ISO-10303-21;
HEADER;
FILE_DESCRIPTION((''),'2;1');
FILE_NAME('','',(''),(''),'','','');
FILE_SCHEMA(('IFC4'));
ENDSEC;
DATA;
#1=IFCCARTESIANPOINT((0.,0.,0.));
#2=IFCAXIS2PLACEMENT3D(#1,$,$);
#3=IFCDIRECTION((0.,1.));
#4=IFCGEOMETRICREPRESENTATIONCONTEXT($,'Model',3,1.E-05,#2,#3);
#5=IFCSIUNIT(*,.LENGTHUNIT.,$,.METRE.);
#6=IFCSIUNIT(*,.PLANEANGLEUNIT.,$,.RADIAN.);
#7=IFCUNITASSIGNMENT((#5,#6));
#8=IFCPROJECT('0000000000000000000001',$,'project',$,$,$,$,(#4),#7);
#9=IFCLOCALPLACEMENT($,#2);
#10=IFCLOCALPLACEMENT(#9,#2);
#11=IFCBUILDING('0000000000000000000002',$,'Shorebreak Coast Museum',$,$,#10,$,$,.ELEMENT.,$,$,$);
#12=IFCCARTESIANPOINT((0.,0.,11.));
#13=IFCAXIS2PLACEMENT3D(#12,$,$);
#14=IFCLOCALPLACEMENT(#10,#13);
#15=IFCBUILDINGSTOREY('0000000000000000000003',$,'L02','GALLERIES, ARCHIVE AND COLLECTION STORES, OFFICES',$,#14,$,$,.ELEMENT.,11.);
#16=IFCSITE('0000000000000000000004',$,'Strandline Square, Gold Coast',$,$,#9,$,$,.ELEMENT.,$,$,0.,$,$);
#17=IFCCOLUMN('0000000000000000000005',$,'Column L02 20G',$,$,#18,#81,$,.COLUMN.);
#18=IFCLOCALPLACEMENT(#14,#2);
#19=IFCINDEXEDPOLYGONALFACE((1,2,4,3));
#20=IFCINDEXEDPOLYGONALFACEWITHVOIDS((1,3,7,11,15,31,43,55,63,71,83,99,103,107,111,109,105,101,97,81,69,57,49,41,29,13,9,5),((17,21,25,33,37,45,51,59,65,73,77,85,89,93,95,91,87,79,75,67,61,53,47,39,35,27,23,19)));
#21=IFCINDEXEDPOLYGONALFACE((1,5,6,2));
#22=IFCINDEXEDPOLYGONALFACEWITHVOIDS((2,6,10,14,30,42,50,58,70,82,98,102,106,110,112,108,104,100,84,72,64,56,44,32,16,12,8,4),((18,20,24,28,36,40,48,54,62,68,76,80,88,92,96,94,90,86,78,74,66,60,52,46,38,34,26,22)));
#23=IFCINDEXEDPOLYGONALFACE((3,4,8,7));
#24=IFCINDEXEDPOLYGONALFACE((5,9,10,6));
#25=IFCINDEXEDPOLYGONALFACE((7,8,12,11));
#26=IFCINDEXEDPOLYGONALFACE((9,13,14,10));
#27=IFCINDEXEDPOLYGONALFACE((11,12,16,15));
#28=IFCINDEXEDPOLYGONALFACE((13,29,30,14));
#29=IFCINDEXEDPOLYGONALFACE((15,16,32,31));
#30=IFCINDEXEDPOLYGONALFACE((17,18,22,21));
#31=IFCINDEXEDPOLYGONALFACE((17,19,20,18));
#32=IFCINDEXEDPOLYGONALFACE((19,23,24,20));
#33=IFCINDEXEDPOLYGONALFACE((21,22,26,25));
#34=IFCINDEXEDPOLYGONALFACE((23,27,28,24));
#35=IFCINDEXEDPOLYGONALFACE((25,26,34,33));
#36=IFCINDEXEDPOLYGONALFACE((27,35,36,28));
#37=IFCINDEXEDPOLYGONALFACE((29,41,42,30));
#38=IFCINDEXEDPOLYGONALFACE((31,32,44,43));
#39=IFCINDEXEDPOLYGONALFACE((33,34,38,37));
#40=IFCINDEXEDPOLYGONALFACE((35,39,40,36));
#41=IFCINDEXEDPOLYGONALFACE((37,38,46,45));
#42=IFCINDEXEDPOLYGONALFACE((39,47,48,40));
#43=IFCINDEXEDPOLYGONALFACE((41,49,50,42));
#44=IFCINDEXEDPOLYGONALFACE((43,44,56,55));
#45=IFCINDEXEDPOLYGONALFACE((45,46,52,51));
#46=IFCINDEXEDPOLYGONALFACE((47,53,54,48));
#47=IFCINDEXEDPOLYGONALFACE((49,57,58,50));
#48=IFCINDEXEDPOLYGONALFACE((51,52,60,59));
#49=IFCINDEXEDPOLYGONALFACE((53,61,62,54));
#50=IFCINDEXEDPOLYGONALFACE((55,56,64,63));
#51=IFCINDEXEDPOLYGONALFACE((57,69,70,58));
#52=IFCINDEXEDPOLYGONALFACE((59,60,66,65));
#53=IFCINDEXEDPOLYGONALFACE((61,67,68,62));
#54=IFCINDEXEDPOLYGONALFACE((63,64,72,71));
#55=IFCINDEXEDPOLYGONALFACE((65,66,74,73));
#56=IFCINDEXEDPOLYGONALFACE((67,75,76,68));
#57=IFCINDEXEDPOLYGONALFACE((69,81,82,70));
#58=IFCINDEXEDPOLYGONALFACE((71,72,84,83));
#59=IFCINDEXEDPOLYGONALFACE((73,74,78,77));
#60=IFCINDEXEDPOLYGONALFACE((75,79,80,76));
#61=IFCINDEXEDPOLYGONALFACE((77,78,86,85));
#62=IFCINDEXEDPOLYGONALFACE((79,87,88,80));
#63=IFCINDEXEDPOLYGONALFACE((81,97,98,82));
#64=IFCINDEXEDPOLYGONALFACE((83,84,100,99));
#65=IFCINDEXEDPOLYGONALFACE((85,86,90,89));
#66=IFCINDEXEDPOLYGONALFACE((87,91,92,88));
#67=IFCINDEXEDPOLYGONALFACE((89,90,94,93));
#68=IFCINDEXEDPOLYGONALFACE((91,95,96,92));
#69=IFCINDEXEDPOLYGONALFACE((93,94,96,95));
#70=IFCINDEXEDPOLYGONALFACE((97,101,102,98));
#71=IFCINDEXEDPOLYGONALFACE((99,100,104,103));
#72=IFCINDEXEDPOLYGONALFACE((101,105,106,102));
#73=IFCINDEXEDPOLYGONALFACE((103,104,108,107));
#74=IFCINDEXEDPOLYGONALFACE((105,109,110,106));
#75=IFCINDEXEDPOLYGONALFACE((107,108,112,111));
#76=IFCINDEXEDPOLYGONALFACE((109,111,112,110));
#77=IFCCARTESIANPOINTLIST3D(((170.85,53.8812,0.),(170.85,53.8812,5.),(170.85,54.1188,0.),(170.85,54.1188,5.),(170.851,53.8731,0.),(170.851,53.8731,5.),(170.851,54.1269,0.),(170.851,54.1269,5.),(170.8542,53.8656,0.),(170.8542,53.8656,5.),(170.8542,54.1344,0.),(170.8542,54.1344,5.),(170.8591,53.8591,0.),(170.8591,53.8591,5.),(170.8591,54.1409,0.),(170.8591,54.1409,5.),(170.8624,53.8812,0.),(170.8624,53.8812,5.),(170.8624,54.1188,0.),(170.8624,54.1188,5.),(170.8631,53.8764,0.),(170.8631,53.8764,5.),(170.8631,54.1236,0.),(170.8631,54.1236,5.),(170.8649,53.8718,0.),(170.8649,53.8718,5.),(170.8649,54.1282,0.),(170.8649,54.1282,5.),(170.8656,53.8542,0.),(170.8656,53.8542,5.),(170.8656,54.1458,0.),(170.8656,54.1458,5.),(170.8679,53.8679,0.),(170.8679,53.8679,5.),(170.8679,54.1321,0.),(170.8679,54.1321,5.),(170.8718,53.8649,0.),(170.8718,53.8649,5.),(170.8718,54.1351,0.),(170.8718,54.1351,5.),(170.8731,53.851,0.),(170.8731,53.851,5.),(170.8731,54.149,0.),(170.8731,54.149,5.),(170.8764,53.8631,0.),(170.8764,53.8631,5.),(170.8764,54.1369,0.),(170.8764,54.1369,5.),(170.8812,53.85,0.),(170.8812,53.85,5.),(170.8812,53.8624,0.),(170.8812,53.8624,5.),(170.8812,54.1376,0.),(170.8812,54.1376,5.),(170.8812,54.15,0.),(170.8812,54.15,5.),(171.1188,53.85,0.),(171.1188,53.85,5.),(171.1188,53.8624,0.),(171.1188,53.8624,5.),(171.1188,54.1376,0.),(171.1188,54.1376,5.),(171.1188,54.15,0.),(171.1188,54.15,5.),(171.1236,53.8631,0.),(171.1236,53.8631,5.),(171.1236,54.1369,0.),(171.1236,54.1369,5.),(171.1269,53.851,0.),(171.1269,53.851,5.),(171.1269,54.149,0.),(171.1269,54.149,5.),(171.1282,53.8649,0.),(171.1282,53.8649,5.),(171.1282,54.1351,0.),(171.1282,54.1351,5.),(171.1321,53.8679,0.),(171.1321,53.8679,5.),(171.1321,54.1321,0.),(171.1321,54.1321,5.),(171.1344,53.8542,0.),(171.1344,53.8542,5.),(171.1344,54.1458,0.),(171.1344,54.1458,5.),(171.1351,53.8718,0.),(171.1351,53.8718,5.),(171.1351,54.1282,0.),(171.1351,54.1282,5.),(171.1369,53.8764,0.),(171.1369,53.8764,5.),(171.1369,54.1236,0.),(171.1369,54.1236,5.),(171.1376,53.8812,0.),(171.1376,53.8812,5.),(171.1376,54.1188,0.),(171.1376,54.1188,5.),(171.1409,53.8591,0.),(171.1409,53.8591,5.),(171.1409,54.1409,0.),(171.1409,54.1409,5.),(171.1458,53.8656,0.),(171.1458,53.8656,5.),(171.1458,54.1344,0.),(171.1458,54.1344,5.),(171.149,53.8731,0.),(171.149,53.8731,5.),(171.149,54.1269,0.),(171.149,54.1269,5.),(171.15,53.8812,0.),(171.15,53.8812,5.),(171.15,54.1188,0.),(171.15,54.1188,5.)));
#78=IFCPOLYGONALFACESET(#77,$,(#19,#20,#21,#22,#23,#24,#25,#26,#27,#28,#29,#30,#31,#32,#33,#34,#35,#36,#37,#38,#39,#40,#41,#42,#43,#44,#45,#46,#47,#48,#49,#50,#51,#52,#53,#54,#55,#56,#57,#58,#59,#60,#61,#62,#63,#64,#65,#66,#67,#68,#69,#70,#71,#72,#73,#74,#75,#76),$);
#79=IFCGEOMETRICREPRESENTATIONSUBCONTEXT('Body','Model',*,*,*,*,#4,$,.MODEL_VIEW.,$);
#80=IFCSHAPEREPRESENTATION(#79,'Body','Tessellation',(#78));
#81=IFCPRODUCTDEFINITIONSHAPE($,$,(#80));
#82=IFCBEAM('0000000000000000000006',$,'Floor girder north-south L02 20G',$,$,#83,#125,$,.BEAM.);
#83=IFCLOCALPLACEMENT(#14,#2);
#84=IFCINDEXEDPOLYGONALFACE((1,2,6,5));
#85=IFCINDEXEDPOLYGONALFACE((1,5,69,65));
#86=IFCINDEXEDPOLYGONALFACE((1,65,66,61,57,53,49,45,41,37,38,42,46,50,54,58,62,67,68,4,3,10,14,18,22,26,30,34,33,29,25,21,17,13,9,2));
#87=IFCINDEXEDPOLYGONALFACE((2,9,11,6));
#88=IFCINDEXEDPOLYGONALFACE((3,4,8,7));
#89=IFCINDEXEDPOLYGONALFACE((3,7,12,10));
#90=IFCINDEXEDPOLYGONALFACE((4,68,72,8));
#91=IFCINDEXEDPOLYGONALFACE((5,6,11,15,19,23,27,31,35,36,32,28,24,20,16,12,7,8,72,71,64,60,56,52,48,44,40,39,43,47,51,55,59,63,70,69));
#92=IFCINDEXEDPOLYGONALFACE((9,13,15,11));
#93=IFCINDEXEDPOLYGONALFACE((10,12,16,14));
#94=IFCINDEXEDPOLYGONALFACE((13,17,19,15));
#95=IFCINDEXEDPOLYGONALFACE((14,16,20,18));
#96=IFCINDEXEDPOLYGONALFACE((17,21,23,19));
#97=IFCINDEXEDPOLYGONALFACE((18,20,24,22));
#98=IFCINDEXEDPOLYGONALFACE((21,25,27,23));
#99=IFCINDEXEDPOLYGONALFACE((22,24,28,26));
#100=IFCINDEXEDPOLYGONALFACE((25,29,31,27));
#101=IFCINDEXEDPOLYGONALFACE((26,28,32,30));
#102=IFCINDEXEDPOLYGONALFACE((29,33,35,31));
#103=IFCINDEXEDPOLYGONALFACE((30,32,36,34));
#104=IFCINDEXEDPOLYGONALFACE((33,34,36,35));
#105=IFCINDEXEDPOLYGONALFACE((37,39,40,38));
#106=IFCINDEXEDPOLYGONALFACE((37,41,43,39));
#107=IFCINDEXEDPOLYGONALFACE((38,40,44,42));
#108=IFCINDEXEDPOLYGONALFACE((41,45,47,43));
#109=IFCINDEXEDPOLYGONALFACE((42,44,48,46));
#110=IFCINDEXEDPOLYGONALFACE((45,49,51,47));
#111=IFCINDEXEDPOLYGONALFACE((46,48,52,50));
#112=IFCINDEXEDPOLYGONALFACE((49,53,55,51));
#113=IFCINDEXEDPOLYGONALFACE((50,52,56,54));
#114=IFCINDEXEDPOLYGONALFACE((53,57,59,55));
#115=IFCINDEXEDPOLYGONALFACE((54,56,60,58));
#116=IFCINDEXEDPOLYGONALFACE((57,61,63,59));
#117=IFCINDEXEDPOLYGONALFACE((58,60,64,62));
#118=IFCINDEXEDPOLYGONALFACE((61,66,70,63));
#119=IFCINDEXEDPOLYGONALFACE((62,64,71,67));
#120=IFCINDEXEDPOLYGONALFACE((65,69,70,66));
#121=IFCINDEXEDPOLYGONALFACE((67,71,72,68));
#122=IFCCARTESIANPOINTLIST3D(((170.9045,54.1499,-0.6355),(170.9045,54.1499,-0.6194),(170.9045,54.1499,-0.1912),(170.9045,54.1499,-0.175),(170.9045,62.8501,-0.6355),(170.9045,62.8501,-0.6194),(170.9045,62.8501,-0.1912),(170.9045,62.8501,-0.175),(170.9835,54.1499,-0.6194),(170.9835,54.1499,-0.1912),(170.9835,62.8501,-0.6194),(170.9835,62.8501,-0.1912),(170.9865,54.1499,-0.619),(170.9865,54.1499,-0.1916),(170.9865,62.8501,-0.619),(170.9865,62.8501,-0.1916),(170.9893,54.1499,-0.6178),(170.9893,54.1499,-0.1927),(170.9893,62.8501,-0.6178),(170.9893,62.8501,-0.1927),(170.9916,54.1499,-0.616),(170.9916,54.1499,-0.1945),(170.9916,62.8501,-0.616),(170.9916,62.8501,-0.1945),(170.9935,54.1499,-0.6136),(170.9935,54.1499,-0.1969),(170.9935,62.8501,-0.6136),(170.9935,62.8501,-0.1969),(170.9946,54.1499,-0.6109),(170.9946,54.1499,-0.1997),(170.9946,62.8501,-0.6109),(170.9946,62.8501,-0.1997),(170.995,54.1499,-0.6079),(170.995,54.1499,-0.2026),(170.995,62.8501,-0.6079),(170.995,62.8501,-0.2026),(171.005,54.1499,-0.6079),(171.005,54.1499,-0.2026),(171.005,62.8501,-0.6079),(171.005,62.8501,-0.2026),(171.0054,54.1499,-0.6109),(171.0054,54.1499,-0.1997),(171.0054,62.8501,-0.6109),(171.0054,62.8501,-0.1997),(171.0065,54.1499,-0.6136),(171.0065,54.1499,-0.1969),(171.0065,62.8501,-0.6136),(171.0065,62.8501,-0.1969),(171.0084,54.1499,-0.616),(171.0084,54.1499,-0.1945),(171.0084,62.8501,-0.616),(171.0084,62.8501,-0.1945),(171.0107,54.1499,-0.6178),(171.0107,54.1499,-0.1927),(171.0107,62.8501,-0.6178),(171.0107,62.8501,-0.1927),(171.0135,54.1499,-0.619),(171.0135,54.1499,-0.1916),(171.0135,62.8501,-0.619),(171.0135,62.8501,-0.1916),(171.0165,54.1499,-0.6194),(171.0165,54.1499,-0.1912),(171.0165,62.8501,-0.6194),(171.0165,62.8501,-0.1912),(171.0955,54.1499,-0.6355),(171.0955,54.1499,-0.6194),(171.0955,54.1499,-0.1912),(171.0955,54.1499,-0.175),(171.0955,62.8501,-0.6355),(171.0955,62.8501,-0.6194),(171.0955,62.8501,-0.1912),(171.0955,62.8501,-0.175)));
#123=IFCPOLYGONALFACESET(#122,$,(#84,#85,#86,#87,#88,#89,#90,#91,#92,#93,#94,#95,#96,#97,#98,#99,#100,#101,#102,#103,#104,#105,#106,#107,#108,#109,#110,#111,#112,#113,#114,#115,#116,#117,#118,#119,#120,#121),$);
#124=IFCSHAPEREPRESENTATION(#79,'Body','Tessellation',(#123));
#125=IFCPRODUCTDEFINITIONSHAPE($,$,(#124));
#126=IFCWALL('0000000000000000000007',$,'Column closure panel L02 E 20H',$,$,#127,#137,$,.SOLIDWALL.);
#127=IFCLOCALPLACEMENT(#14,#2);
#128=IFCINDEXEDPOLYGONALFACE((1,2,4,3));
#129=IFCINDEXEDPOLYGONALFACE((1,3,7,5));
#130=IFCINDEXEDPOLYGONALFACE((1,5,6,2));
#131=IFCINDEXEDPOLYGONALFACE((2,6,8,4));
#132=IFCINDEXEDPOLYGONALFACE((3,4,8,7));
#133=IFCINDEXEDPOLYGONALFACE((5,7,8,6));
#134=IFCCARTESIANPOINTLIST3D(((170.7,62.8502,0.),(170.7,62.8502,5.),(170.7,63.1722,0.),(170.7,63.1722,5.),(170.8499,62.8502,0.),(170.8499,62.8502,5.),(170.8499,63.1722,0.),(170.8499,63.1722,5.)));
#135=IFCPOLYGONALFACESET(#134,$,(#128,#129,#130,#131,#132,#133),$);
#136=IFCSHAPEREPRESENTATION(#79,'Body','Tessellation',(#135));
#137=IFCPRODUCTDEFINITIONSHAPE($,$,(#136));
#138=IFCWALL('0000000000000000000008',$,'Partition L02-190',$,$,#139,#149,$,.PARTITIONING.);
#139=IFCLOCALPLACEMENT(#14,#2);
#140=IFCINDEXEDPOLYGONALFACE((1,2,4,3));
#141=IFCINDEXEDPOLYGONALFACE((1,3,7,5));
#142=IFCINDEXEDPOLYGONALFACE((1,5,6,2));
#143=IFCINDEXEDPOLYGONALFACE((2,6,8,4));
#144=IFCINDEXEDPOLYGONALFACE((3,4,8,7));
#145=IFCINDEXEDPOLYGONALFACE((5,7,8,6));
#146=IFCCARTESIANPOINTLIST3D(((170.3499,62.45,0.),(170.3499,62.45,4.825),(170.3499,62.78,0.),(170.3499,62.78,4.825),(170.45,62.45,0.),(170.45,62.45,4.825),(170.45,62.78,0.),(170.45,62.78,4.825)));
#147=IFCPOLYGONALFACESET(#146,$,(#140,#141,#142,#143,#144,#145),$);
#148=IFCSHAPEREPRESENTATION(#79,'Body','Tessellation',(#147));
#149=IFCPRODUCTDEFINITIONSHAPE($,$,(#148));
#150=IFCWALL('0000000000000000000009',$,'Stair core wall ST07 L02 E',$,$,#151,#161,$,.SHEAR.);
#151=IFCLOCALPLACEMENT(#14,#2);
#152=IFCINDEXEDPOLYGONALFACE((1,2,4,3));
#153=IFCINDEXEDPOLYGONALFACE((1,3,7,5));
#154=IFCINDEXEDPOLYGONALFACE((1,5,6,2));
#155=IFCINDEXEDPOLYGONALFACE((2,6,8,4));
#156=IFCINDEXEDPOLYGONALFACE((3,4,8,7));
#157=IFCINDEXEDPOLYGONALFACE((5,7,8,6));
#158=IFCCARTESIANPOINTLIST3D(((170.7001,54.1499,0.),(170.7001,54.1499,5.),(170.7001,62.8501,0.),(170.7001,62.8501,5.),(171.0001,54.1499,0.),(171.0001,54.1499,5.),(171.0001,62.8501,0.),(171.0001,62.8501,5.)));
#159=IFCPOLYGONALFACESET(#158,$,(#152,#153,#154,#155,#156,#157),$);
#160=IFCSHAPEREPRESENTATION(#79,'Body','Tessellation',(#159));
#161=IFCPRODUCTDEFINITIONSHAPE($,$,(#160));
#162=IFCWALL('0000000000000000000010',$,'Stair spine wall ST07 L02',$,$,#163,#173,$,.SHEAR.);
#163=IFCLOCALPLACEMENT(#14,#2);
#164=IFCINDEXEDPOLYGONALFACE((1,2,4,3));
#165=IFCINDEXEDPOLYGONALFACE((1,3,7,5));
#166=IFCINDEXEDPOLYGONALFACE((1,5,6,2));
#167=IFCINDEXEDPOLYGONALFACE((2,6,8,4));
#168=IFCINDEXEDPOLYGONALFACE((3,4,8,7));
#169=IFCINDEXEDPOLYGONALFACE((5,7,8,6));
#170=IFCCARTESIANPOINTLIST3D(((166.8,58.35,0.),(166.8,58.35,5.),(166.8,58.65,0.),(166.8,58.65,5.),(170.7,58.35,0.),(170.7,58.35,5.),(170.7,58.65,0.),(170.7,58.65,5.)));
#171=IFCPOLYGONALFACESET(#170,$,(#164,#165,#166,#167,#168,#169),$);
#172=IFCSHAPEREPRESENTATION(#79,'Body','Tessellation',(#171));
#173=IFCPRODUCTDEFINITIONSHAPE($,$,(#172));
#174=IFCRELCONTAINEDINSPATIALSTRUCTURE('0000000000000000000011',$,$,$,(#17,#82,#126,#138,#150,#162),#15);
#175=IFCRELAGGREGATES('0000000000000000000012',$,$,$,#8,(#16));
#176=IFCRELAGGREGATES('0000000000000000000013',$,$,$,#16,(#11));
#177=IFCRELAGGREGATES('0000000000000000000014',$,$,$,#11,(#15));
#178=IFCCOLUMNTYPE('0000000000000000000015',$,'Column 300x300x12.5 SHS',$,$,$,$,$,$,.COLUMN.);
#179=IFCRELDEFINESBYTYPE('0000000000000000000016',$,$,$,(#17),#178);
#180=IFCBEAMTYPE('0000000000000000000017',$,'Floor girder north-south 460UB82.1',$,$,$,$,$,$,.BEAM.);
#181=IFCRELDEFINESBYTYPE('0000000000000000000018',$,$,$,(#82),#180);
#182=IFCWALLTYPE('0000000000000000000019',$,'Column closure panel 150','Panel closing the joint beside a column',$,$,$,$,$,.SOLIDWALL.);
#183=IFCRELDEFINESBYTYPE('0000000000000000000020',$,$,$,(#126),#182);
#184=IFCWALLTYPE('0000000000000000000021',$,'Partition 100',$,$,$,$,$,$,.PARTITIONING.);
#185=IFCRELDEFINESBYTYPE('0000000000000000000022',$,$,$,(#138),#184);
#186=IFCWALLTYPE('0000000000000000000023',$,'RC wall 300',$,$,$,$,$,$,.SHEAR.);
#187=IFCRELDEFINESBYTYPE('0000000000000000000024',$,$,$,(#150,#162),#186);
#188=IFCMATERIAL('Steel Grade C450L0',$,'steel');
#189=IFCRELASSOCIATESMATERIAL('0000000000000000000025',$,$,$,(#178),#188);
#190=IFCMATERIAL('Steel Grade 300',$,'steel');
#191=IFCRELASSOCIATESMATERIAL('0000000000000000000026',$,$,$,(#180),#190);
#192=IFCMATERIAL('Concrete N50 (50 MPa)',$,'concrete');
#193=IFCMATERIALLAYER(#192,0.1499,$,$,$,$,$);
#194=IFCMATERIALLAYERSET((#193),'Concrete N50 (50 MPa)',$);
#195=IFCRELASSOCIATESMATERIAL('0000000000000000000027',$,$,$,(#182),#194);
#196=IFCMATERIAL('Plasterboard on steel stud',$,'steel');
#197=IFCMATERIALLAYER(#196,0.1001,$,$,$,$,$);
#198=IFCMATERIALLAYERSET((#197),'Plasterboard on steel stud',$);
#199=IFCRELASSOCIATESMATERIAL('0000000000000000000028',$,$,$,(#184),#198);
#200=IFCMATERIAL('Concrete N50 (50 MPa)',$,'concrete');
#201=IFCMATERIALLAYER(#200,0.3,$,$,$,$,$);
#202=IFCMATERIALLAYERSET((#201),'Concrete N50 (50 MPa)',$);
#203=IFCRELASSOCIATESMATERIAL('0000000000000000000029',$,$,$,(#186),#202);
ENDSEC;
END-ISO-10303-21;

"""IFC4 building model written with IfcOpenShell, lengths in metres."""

from ifc_helpers import new_model, si_unit, direction, frame, frame_2d, origin, origin_2d, place, context, subcontext, project, spatial, rectangle, hollow_rectangle, i_section, extrude, material, layer, layer_set, material_profile, profile_set, type_object, element, save


model = new_model("IFC4")

# Units and contexts
model_context = context("Model", 3, precision=1e-05, world=origin(), true_north=direction((0.0, 1.0)))
body_context = subcontext(model_context, "Body", "Model", "MODEL_VIEW")
ifc_project = project(units=[si_unit("LENGTHUNIT", "METRE"), si_unit("PLANEANGLEUNIT", "RADIAN")], contexts=[model_context])

# Site, building, storey
site_placement = place(None, origin())
site = spatial("IfcSite", under=ifc_project, at=site_placement, Name="Strandline Square, Gold Coast", CompositionType="ELEMENT", RefElevation=0.0)
building_placement = place(site_placement, origin())
building = spatial("IfcBuilding", under=site, at=building_placement, Name="Shorebreak Coast Museum", CompositionType="ELEMENT")
storey_placement = place(building_placement, frame((0.0, 0.0, 11.0)))
storey = spatial("IfcBuildingStorey", under=building, at=storey_placement, Name="L02", Description="GALLERIES, ARCHIVE AND COLLECTION STORES, OFFICES", CompositionType="ELEMENT", Elevation=11.0)

# Column
ifc_material_1 = material(Name="Steel Grade C450L0", Category="steel")
ifc_material_profile_1 = material_profile(ifc_material_1, hollow_rectangle(XDim=0.3, YDim=0.3, WallThickness=0.0125, InnerFilletRadius=0.0188, OuterFilletRadius=0.0312, at=origin_2d()), Name="300x300x12.5 SHS")
ifc_profile_set_1 = profile_set([ifc_material_profile_1], Name="Steel Grade C450L0")
column_type = type_object("IfcColumnType", Name="Column 300x300x12.5 SHS", PredefinedType="COLUMN", material=ifc_profile_set_1)
column_placement = place(storey_placement, frame((171.0, 54.0, 0.0), z_axis=(0.0, 0.0, 1.0), x_axis=(1.0, 0.0, 0.0)))
element("IfcColumn", 1, at=column_placement, inside=storey, type_object=column_type, Name="Column L02 20G", PredefinedType="COLUMN", context=body_context, shape_type="SweptSolid", body=[
    extrude(hollow_rectangle(XDim=0.3, YDim=0.3, WallThickness=0.0125, InnerFilletRadius=0.0188, OuterFilletRadius=0.0312, at=origin_2d()), origin(), (0.0, 0.0, 1.0), 5.0),
])

# Beam
ifc_material_2 = material(Name="Steel Grade 300", Category="steel")
ifc_material_profile_2 = material_profile(ifc_material_2, i_section(OverallWidth=0.1909, OverallDepth=0.4604, WebThickness=0.01, FlangeThickness=0.0161, FilletRadius=0.0115, at=origin_2d()), Name="460UB82.1")
ifc_profile_set_2 = profile_set([ifc_material_profile_2], Name="Steel Grade 300")
beam_type = type_object("IfcBeamType", Name="Floor girder north-south 460UB82.1", PredefinedType="BEAM", material=ifc_profile_set_2)
beam_placement = place(storey_placement, frame((171.0, 54.1499, -0.4053), z_axis=(0.0, 1.0, 0.0), x_axis=(-1.0, 0.0, 0.0)))
element("IfcBeam", 2, at=beam_placement, inside=storey, type_object=beam_type, Name="Floor girder north-south L02 20G", PredefinedType="BEAM", context=body_context, shape_type="SweptSolid", body=[
    extrude(i_section(OverallWidth=0.1909, OverallDepth=0.4604, WebThickness=0.01, FlangeThickness=0.0161, FilletRadius=0.0115, at=origin_2d()), origin(), (0.0, 0.0, 1.0), 8.7002),
])

# Walls
ifc_material_3 = material(Name="Concrete N50 (50 MPa)", Category="concrete")
ifc_layer_1 = layer(ifc_material_3, 0.1499)
ifc_layer_set_1 = layer_set([ifc_layer_1], Name="Concrete N50 (50 MPa)")
wall_type_1 = type_object("IfcWallType", Name="Column closure panel 150", Description="Panel closing the joint beside a column", PredefinedType="SOLIDWALL", material=ifc_layer_set_1)
wall_1_placement = place(storey_placement, frame((170.7749, 62.8501, 0.0), z_axis=(0.0, 0.0, 1.0), x_axis=(0.0, 1.0, 0.0)))
element("IfcWall", 3, at=wall_1_placement, inside=storey, type_object=wall_type_1, Name="Column closure panel L02 E 20H", PredefinedType="SOLIDWALL", context=body_context, shape_type="SweptSolid", body=[
    extrude(rectangle(XDim=0.322, YDim=0.1499, at=frame_2d((0.1611, 0.0))), origin(), (0.0, 0.0, 1.0), 5.0),
])
ifc_material_4 = material(Name="Plasterboard on steel stud", Category="steel")
ifc_layer_2 = layer(ifc_material_4, 0.1001)
ifc_layer_set_2 = layer_set([ifc_layer_2], Name="Plasterboard on steel stud")
wall_type_2 = type_object("IfcWallType", Name="Partition 100", PredefinedType="PARTITIONING", material=ifc_layer_set_2)
wall_2_placement = place(storey_placement, frame((170.3999, 62.45, 0.0), z_axis=(0.0, 0.0, 1.0), x_axis=(0.0, 1.0, 0.0)))
element("IfcWall", 4, at=wall_2_placement, inside=storey, type_object=wall_type_2, Name="Partition L02-190", PredefinedType="PARTITIONING", context=body_context, shape_type="SweptSolid", body=[
    extrude(rectangle(XDim=0.3301, YDim=0.1001, at=frame_2d((0.165, 0.0))), origin(), (0.0, 0.0, 1.0), 4.825),
])
ifc_material_5 = material(Name="Concrete N50 (50 MPa)", Category="concrete")
ifc_layer_3 = layer(ifc_material_5, 0.3)
ifc_layer_set_3 = layer_set([ifc_layer_3], Name="Concrete N50 (50 MPa)")
wall_type_3 = type_object("IfcWallType", Name="RC wall 300", PredefinedType="SHEAR", material=ifc_layer_set_3)
wall_3_placement = place(storey_placement, frame((170.8501, 54.1499, 0.0), z_axis=(0.0, 0.0, 1.0), x_axis=(0.0, 1.0, 0.0)))
element("IfcWall", 5, at=wall_3_placement, inside=storey, type_object=wall_type_3, Name="Stair core wall ST07 L02 E", PredefinedType="SHEAR", context=body_context, shape_type="SweptSolid", body=[
    extrude(rectangle(XDim=8.7002, YDim=0.3, at=frame_2d((4.3501, 0.0))), origin(), (0.0, 0.0, 1.0), 5.0),
])
wall_4_placement = place(storey_placement, frame((166.8, 58.5, 0.0), z_axis=(0.0, 0.0, 1.0), x_axis=(1.0, 0.0, 0.0)))
element("IfcWall", 6, at=wall_4_placement, inside=storey, type_object=wall_type_3, Name="Stair spine wall ST07 L02", PredefinedType="SHEAR", context=body_context, shape_type="SweptSolid", body=[
    extrude(rectangle(XDim=3.8999, YDim=0.3, at=frame_2d((1.95, 0.0))), origin(), (0.0, 0.0, 1.0), 5.0),
])

save(model, "model.ifc")
